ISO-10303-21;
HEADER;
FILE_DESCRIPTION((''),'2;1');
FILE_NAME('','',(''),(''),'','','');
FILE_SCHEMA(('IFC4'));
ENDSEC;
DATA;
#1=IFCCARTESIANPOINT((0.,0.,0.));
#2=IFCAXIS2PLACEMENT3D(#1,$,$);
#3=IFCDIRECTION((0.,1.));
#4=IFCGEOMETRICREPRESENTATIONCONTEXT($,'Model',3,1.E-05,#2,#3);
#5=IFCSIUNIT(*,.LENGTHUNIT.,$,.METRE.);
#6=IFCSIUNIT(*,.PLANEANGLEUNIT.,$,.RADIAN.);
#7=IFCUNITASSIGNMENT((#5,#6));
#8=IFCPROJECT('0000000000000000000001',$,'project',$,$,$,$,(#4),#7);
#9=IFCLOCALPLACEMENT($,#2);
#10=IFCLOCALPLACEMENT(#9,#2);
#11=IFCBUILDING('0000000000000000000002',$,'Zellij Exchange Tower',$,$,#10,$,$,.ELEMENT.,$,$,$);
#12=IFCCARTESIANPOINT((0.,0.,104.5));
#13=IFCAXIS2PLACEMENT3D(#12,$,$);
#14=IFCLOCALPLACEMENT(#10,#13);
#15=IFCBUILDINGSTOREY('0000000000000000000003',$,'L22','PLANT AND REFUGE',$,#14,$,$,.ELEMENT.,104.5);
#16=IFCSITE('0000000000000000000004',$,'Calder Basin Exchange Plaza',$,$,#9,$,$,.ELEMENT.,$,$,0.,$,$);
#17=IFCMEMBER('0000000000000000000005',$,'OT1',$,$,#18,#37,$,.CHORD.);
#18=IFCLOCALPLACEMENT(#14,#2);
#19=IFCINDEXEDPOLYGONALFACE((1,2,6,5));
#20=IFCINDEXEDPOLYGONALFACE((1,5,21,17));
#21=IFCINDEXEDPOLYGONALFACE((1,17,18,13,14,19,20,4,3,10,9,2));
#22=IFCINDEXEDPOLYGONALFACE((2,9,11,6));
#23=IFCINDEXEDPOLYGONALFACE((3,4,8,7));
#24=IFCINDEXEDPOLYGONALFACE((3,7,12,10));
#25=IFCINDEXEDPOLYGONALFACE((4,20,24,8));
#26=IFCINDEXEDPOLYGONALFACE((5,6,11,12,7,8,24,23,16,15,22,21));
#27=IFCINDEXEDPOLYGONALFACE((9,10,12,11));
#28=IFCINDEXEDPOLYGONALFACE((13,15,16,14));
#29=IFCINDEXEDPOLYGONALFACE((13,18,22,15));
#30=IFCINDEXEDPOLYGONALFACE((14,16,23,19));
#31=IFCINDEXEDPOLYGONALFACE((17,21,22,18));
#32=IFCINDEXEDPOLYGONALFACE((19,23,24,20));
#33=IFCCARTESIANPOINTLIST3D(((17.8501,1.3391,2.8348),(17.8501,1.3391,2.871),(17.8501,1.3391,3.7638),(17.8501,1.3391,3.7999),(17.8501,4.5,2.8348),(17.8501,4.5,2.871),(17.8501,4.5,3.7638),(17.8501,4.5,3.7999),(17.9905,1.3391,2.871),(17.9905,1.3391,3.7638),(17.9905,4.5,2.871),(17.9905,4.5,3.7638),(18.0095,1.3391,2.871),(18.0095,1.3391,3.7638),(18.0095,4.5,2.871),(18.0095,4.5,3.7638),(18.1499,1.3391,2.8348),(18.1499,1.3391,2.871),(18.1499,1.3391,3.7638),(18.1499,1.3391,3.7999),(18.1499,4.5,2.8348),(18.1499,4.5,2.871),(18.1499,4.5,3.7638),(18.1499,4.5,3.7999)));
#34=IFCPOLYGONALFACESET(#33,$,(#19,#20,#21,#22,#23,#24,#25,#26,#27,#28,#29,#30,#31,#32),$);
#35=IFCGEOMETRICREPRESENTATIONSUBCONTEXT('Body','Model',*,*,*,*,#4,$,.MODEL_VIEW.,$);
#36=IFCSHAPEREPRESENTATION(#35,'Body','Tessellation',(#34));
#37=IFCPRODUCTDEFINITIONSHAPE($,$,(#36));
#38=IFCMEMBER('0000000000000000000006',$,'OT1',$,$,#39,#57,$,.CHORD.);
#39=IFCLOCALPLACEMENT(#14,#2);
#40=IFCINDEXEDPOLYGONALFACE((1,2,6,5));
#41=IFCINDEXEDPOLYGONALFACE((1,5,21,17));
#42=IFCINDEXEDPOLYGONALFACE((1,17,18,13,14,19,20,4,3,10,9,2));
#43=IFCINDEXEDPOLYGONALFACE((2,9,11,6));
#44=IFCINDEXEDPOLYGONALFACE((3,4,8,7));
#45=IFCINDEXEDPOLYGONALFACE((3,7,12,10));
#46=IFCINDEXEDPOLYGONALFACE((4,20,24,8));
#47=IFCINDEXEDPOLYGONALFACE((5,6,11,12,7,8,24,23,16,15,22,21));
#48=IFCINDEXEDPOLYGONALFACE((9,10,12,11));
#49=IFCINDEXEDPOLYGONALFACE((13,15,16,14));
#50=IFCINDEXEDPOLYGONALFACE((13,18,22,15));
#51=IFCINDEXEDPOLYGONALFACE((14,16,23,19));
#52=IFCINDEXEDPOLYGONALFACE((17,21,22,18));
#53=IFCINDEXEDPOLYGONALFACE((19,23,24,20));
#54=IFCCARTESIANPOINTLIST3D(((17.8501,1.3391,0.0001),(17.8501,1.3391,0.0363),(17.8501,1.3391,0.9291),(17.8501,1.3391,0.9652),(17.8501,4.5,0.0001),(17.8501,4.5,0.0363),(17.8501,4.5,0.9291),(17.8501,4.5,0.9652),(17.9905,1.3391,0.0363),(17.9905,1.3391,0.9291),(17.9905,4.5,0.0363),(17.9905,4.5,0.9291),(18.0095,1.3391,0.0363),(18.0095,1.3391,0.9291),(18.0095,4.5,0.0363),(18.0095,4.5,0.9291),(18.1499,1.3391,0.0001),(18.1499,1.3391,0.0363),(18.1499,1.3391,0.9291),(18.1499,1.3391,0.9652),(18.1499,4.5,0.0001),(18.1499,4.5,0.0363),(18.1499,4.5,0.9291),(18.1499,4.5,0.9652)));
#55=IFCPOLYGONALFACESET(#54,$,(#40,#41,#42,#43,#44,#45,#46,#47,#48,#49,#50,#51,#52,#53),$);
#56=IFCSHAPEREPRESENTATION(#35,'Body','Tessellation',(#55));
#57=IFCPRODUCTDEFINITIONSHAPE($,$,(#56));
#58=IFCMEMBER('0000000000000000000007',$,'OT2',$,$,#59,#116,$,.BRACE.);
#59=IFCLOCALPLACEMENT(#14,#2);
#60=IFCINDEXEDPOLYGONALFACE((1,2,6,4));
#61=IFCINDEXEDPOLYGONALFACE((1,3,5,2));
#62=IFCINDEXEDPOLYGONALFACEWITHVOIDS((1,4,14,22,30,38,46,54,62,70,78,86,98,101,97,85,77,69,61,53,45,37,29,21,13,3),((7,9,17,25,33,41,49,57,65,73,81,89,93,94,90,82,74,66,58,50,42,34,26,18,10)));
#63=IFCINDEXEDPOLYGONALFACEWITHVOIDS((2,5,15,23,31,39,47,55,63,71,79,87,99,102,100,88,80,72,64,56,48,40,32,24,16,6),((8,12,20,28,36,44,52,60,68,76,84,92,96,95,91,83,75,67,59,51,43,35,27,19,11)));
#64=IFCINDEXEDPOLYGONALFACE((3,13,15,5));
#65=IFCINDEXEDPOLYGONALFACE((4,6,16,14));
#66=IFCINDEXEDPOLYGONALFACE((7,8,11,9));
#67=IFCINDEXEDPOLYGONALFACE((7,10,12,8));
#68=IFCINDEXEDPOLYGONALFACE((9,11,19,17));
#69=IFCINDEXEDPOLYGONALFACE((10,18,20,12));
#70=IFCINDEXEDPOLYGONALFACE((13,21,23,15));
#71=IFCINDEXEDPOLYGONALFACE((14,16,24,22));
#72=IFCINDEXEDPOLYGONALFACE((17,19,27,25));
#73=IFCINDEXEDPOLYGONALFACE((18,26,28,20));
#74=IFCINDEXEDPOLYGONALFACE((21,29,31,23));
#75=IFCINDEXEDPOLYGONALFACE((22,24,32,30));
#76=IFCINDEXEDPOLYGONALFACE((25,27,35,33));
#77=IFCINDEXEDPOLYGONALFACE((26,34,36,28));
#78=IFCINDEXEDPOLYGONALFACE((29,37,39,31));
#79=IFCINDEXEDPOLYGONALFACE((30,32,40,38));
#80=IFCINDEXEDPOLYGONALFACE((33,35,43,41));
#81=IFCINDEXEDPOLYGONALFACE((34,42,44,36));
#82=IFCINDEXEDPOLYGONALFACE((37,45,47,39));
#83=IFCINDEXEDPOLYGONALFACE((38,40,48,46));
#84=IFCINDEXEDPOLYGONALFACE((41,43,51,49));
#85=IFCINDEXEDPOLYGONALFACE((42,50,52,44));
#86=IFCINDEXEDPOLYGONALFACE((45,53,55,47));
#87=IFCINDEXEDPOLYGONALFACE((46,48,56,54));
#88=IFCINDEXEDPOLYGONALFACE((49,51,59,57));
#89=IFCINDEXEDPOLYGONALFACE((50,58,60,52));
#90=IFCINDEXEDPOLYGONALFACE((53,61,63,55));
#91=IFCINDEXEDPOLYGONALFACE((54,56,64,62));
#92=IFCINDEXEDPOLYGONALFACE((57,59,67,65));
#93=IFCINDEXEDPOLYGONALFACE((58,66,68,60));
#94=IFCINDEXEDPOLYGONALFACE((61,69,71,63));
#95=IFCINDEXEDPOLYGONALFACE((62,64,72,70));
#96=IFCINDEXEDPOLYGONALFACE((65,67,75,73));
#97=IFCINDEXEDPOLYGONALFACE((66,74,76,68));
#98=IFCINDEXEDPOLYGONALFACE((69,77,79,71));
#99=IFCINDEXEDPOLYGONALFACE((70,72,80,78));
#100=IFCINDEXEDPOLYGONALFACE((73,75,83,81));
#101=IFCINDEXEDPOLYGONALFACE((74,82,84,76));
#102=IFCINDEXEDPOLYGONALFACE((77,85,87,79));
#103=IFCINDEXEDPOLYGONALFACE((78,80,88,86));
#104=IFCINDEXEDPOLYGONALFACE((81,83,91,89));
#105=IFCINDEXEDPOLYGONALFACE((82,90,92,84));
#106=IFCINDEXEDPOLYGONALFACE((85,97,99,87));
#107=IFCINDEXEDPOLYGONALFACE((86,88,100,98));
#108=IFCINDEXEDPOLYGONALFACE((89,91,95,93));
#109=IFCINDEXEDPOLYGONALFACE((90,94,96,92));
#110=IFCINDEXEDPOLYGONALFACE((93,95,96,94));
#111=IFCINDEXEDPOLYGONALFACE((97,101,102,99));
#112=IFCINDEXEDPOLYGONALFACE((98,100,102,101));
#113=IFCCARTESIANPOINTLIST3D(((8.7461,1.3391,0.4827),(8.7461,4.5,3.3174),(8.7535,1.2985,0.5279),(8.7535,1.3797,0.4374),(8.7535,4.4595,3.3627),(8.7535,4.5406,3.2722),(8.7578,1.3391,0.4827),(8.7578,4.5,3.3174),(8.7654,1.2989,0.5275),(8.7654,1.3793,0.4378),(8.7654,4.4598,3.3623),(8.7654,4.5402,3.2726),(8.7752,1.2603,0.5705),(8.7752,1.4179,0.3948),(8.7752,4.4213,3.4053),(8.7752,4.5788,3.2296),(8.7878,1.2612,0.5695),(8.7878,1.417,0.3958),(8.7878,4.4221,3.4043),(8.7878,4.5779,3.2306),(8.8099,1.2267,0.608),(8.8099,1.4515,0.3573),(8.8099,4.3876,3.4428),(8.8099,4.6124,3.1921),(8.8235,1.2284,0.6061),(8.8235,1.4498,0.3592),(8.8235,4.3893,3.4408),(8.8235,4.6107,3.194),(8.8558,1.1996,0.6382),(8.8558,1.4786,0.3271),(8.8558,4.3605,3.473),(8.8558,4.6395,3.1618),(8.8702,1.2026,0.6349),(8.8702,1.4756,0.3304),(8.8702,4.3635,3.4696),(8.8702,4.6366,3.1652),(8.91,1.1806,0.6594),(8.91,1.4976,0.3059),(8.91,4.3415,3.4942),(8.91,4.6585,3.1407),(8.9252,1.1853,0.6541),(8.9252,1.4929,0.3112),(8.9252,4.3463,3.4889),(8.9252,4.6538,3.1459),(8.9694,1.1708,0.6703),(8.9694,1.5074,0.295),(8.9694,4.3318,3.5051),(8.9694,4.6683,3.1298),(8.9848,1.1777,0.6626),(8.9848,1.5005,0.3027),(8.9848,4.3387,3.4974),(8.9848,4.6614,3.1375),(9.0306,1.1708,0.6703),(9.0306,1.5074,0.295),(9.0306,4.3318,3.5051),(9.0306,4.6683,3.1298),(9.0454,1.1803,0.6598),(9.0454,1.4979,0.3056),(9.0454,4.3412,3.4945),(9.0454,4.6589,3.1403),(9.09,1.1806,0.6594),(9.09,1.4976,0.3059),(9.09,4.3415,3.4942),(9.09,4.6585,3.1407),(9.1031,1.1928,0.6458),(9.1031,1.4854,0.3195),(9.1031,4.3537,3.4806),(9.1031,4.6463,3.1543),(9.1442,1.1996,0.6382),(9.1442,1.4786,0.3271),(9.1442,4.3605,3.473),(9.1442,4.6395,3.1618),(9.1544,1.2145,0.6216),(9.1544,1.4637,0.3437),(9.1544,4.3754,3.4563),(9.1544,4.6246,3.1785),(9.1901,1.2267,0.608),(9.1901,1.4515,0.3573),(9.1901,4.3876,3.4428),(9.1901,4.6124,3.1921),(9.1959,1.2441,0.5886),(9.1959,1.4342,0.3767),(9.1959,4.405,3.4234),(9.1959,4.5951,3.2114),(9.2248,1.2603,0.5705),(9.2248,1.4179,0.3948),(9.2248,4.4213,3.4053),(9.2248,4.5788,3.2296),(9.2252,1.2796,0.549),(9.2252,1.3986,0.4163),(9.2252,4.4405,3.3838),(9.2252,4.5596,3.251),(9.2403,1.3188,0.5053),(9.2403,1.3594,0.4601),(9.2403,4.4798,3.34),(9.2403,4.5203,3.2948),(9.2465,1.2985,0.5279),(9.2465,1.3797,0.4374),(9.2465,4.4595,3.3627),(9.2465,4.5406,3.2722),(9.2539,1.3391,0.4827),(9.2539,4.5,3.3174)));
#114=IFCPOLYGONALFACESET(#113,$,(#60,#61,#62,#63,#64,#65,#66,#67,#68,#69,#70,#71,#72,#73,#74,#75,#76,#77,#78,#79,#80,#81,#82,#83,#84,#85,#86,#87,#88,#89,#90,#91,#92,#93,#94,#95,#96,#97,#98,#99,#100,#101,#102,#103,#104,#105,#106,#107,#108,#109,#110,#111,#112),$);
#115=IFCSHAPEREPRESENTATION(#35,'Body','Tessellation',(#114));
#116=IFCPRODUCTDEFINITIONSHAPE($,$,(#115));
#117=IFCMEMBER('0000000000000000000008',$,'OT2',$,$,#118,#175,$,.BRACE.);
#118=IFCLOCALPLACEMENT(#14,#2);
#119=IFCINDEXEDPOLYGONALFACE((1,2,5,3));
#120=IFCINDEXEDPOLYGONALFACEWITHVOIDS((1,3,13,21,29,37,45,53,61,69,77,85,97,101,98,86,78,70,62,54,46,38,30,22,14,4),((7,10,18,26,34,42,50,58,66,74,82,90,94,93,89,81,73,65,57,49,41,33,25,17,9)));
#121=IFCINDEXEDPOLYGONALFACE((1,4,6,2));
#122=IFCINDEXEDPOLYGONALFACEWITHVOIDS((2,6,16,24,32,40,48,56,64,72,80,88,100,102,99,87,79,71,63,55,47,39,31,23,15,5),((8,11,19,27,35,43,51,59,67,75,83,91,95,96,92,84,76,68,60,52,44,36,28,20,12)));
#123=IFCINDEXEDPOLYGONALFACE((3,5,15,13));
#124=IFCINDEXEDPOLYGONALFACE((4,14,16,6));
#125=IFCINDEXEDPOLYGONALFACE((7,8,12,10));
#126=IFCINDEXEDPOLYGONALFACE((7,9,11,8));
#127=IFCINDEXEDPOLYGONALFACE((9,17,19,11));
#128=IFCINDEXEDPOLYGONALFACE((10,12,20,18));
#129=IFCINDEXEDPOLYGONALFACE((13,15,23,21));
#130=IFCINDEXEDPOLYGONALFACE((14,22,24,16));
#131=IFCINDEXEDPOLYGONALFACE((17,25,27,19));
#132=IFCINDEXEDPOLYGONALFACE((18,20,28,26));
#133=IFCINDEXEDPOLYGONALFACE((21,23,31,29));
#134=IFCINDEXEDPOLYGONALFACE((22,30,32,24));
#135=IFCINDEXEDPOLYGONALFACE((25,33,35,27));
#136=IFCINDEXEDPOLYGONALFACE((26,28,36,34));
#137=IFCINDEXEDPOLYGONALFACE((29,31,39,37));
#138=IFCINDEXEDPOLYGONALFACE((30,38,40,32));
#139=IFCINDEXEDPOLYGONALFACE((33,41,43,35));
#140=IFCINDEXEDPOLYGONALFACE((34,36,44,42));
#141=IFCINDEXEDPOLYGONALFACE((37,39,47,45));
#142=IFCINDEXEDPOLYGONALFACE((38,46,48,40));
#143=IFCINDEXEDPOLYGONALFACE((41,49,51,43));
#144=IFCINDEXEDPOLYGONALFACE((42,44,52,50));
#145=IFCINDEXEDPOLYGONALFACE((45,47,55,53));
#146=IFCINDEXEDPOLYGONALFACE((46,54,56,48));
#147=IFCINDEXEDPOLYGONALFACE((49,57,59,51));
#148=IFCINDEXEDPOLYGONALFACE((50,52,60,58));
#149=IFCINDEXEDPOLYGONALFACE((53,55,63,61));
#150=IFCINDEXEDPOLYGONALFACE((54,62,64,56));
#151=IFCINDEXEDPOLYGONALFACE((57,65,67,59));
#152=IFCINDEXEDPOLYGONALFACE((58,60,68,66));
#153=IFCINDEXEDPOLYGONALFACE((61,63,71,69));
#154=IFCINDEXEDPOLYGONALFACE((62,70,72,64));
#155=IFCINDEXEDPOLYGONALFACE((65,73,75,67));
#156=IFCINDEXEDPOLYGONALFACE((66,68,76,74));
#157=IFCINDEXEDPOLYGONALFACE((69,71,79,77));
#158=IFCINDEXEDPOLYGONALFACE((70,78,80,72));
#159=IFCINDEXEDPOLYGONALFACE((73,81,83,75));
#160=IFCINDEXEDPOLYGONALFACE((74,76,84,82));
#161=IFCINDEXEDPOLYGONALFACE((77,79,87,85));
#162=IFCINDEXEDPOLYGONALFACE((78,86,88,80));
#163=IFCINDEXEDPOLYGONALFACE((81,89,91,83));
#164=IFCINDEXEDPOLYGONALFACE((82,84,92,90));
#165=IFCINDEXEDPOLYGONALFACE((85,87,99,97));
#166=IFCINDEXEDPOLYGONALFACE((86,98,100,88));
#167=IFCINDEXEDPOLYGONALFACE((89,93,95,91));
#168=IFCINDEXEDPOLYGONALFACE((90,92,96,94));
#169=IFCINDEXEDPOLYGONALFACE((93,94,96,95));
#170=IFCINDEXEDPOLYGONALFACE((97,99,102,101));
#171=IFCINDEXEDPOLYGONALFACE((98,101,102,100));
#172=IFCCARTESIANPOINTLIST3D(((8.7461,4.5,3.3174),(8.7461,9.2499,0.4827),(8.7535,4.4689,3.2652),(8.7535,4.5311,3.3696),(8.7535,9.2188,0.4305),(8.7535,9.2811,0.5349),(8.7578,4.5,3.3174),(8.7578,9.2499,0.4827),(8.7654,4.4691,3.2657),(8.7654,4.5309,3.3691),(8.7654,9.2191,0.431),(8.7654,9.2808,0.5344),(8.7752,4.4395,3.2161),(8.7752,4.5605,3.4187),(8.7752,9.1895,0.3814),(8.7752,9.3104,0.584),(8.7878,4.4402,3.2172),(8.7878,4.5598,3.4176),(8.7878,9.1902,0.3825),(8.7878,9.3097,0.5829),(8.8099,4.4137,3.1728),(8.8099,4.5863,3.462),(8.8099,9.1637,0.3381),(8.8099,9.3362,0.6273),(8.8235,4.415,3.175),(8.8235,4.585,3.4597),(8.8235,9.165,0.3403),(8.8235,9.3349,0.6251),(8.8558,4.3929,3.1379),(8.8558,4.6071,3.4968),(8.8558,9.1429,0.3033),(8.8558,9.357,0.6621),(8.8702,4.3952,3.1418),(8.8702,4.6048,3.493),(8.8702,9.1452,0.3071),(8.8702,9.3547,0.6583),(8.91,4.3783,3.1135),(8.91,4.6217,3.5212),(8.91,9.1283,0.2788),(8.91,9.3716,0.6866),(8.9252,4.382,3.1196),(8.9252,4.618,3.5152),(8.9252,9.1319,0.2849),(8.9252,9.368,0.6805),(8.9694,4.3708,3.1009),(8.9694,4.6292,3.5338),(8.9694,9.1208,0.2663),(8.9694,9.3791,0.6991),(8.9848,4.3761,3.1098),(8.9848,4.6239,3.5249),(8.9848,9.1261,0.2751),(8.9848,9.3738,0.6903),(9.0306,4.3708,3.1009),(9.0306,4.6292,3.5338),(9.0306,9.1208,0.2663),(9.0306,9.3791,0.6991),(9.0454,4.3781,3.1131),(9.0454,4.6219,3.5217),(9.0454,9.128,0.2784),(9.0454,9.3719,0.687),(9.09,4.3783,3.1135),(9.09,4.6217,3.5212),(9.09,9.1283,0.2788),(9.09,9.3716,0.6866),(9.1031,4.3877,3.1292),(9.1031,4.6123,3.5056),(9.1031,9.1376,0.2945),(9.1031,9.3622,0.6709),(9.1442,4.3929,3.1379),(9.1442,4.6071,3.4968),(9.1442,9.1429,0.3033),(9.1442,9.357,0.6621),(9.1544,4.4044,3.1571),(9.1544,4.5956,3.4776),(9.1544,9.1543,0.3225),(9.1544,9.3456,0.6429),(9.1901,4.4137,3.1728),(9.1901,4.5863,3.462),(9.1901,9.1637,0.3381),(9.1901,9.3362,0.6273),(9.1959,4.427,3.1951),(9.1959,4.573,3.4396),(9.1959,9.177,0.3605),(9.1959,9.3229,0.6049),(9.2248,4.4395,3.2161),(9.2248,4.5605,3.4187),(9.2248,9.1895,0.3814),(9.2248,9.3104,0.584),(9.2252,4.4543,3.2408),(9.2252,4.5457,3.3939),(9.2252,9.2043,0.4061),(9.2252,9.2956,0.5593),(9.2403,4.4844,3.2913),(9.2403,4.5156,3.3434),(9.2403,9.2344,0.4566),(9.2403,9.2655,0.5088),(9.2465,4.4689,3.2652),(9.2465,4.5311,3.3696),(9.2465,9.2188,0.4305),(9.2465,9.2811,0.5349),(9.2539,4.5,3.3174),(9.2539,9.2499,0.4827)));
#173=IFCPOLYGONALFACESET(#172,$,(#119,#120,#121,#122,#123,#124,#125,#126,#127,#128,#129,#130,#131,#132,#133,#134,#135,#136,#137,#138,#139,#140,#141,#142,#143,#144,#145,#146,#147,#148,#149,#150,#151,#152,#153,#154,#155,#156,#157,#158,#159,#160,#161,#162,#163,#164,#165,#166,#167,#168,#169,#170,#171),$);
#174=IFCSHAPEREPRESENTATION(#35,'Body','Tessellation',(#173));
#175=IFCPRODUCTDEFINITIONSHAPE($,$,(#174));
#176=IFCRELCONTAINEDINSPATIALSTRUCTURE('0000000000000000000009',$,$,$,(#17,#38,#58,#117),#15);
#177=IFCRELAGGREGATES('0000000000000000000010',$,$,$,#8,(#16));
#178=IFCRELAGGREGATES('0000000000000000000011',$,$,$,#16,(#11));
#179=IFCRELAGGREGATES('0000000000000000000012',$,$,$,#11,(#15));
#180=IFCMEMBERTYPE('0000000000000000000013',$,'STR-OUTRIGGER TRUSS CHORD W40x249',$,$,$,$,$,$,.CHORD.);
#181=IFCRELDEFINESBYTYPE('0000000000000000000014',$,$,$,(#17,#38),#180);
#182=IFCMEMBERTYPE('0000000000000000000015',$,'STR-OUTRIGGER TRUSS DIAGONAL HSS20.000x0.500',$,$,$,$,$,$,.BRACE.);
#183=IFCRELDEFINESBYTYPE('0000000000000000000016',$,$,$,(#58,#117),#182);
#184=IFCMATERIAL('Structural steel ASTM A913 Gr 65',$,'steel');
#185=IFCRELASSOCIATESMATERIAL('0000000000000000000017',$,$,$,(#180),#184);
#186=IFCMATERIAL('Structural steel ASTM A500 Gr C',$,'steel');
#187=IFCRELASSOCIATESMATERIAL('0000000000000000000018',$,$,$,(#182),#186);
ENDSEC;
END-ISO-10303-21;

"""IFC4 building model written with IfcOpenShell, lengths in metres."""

from ifc_helpers import new_model, si_unit, direction, frame, origin, origin_2d, place, context, subcontext, project, spatial, hollow_circle, i_section, extrude, material, material_profile, profile_set, type_object, element, save


model = new_model("IFC4")

# Units and contexts
model_context = context("Model", 3, precision=1e-05, world=origin(), true_north=direction((0.0, 1.0)))
body_context = subcontext(model_context, "Body", "Model", "MODEL_VIEW")
ifc_project = project(units=[si_unit("LENGTHUNIT", "METRE"), si_unit("PLANEANGLEUNIT", "RADIAN")], contexts=[model_context])

# Site, building, storey
site_placement = place(None, origin())
site = spatial("IfcSite", under=ifc_project, at=site_placement, Name="Calder Basin Exchange Plaza", CompositionType="ELEMENT", RefElevation=0.0)
building_placement = place(site_placement, origin())
building = spatial("IfcBuilding", under=site, at=building_placement, Name="Zellij Exchange Tower", CompositionType="ELEMENT")
storey_placement = place(building_placement, frame((0.0, 0.0, 104.5)))
storey = spatial("IfcBuildingStorey", under=building, at=storey_placement, Name="L22", Description="PLANT AND REFUGE", CompositionType="ELEMENT", Elevation=104.5)

# Shared definitions
ifc_material_1 = material(Name="Structural steel ASTM A913 Gr 65", Category="steel")

# Members
ifc_material_profile_1 = material_profile(ifc_material_1, i_section(OverallWidth=0.2998, OverallDepth=0.9651, WebThickness=0.019, FlangeThickness=0.0361, at=origin_2d()), Name="W40x249")
ifc_profile_set_1 = profile_set([ifc_material_profile_1], Name="Structural steel ASTM A913 Gr 65")
member_type_1 = type_object("IfcMemberType", Name="STR-OUTRIGGER TRUSS CHORD W40x249", PredefinedType="CHORD", material=ifc_profile_set_1)
for number, where, z_axis, x_axis, name in (
    (1, (18.0, 1.3391, 3.3174), (0.0, 1.0, 0.0), (-1.0, 0.0, 0.0), "OT1"),
    (2, (18.0, 1.3391, 0.4827), (0.0, 1.0, 0.0), (-1.0, 0.0, 0.0), "OT1"),
):
    element("IfcMember", number, at=place(storey_placement, frame(where, z_axis=z_axis, x_axis=x_axis)), inside=storey, type_object=member_type_1, Name=name, PredefinedType="CHORD", context=body_context, shape_type="SweptSolid", body=[
        extrude(i_section(OverallWidth=0.2998, OverallDepth=0.9651, WebThickness=0.019, FlangeThickness=0.0361, at=origin_2d()), origin(), (0.0, 0.0, 1.0), 3.1609),
    ])
ifc_material_2 = material(Name="Structural steel ASTM A500 Gr C", Category="steel")
ifc_material_profile_2 = material_profile(ifc_material_2, hollow_circle(Radius=0.2539, WallThickness=0.0117, at=origin_2d()), Name="STR-OUTRIGGER TRUSS DIAGONAL HSS20.000x0.500")
ifc_profile_set_2 = profile_set([ifc_material_profile_2], Name="Structural steel ASTM A500 Gr C")
member_type_2 = type_object("IfcMemberType", Name="STR-OUTRIGGER TRUSS DIAGONAL HSS20.000x0.500", PredefinedType="BRACE", material=ifc_profile_set_2)
member_1_placement = place(storey_placement, frame((9.0, 1.3391, 0.4827), z_axis=(0.0, 0.744474, 0.667652), x_axis=(-1.0, 0.0, 0.0)))
element("IfcMember", 3, at=member_1_placement, inside=storey, type_object=member_type_2, Name="OT2", PredefinedType="BRACE", context=body_context, shape_type="SweptSolid", body=[
    extrude(hollow_circle(Radius=0.2539, WallThickness=0.0117, at=origin_2d()), origin(), (0.0, 0.0, 1.0), 4.2458),
])
for number, where, z_axis, x_axis, name in (
    (4, (9.0, 4.5, 3.3174), (0.0, 0.858709, -0.512463), (-1.0, 0.0, 0.0), "OT2"),
):
    element("IfcMember", number, at=place(storey_placement, frame(where, z_axis=z_axis, x_axis=x_axis)), inside=storey, type_object=member_type_2, Name=name, PredefinedType="BRACE", context=body_context, shape_type="SweptSolid", body=[
        extrude(hollow_circle(Radius=0.2539, WallThickness=0.0117, at=origin_2d()), origin(), (0.0, 0.0, 1.0), 5.5315),
    ])

save(model, "model.ifc")
